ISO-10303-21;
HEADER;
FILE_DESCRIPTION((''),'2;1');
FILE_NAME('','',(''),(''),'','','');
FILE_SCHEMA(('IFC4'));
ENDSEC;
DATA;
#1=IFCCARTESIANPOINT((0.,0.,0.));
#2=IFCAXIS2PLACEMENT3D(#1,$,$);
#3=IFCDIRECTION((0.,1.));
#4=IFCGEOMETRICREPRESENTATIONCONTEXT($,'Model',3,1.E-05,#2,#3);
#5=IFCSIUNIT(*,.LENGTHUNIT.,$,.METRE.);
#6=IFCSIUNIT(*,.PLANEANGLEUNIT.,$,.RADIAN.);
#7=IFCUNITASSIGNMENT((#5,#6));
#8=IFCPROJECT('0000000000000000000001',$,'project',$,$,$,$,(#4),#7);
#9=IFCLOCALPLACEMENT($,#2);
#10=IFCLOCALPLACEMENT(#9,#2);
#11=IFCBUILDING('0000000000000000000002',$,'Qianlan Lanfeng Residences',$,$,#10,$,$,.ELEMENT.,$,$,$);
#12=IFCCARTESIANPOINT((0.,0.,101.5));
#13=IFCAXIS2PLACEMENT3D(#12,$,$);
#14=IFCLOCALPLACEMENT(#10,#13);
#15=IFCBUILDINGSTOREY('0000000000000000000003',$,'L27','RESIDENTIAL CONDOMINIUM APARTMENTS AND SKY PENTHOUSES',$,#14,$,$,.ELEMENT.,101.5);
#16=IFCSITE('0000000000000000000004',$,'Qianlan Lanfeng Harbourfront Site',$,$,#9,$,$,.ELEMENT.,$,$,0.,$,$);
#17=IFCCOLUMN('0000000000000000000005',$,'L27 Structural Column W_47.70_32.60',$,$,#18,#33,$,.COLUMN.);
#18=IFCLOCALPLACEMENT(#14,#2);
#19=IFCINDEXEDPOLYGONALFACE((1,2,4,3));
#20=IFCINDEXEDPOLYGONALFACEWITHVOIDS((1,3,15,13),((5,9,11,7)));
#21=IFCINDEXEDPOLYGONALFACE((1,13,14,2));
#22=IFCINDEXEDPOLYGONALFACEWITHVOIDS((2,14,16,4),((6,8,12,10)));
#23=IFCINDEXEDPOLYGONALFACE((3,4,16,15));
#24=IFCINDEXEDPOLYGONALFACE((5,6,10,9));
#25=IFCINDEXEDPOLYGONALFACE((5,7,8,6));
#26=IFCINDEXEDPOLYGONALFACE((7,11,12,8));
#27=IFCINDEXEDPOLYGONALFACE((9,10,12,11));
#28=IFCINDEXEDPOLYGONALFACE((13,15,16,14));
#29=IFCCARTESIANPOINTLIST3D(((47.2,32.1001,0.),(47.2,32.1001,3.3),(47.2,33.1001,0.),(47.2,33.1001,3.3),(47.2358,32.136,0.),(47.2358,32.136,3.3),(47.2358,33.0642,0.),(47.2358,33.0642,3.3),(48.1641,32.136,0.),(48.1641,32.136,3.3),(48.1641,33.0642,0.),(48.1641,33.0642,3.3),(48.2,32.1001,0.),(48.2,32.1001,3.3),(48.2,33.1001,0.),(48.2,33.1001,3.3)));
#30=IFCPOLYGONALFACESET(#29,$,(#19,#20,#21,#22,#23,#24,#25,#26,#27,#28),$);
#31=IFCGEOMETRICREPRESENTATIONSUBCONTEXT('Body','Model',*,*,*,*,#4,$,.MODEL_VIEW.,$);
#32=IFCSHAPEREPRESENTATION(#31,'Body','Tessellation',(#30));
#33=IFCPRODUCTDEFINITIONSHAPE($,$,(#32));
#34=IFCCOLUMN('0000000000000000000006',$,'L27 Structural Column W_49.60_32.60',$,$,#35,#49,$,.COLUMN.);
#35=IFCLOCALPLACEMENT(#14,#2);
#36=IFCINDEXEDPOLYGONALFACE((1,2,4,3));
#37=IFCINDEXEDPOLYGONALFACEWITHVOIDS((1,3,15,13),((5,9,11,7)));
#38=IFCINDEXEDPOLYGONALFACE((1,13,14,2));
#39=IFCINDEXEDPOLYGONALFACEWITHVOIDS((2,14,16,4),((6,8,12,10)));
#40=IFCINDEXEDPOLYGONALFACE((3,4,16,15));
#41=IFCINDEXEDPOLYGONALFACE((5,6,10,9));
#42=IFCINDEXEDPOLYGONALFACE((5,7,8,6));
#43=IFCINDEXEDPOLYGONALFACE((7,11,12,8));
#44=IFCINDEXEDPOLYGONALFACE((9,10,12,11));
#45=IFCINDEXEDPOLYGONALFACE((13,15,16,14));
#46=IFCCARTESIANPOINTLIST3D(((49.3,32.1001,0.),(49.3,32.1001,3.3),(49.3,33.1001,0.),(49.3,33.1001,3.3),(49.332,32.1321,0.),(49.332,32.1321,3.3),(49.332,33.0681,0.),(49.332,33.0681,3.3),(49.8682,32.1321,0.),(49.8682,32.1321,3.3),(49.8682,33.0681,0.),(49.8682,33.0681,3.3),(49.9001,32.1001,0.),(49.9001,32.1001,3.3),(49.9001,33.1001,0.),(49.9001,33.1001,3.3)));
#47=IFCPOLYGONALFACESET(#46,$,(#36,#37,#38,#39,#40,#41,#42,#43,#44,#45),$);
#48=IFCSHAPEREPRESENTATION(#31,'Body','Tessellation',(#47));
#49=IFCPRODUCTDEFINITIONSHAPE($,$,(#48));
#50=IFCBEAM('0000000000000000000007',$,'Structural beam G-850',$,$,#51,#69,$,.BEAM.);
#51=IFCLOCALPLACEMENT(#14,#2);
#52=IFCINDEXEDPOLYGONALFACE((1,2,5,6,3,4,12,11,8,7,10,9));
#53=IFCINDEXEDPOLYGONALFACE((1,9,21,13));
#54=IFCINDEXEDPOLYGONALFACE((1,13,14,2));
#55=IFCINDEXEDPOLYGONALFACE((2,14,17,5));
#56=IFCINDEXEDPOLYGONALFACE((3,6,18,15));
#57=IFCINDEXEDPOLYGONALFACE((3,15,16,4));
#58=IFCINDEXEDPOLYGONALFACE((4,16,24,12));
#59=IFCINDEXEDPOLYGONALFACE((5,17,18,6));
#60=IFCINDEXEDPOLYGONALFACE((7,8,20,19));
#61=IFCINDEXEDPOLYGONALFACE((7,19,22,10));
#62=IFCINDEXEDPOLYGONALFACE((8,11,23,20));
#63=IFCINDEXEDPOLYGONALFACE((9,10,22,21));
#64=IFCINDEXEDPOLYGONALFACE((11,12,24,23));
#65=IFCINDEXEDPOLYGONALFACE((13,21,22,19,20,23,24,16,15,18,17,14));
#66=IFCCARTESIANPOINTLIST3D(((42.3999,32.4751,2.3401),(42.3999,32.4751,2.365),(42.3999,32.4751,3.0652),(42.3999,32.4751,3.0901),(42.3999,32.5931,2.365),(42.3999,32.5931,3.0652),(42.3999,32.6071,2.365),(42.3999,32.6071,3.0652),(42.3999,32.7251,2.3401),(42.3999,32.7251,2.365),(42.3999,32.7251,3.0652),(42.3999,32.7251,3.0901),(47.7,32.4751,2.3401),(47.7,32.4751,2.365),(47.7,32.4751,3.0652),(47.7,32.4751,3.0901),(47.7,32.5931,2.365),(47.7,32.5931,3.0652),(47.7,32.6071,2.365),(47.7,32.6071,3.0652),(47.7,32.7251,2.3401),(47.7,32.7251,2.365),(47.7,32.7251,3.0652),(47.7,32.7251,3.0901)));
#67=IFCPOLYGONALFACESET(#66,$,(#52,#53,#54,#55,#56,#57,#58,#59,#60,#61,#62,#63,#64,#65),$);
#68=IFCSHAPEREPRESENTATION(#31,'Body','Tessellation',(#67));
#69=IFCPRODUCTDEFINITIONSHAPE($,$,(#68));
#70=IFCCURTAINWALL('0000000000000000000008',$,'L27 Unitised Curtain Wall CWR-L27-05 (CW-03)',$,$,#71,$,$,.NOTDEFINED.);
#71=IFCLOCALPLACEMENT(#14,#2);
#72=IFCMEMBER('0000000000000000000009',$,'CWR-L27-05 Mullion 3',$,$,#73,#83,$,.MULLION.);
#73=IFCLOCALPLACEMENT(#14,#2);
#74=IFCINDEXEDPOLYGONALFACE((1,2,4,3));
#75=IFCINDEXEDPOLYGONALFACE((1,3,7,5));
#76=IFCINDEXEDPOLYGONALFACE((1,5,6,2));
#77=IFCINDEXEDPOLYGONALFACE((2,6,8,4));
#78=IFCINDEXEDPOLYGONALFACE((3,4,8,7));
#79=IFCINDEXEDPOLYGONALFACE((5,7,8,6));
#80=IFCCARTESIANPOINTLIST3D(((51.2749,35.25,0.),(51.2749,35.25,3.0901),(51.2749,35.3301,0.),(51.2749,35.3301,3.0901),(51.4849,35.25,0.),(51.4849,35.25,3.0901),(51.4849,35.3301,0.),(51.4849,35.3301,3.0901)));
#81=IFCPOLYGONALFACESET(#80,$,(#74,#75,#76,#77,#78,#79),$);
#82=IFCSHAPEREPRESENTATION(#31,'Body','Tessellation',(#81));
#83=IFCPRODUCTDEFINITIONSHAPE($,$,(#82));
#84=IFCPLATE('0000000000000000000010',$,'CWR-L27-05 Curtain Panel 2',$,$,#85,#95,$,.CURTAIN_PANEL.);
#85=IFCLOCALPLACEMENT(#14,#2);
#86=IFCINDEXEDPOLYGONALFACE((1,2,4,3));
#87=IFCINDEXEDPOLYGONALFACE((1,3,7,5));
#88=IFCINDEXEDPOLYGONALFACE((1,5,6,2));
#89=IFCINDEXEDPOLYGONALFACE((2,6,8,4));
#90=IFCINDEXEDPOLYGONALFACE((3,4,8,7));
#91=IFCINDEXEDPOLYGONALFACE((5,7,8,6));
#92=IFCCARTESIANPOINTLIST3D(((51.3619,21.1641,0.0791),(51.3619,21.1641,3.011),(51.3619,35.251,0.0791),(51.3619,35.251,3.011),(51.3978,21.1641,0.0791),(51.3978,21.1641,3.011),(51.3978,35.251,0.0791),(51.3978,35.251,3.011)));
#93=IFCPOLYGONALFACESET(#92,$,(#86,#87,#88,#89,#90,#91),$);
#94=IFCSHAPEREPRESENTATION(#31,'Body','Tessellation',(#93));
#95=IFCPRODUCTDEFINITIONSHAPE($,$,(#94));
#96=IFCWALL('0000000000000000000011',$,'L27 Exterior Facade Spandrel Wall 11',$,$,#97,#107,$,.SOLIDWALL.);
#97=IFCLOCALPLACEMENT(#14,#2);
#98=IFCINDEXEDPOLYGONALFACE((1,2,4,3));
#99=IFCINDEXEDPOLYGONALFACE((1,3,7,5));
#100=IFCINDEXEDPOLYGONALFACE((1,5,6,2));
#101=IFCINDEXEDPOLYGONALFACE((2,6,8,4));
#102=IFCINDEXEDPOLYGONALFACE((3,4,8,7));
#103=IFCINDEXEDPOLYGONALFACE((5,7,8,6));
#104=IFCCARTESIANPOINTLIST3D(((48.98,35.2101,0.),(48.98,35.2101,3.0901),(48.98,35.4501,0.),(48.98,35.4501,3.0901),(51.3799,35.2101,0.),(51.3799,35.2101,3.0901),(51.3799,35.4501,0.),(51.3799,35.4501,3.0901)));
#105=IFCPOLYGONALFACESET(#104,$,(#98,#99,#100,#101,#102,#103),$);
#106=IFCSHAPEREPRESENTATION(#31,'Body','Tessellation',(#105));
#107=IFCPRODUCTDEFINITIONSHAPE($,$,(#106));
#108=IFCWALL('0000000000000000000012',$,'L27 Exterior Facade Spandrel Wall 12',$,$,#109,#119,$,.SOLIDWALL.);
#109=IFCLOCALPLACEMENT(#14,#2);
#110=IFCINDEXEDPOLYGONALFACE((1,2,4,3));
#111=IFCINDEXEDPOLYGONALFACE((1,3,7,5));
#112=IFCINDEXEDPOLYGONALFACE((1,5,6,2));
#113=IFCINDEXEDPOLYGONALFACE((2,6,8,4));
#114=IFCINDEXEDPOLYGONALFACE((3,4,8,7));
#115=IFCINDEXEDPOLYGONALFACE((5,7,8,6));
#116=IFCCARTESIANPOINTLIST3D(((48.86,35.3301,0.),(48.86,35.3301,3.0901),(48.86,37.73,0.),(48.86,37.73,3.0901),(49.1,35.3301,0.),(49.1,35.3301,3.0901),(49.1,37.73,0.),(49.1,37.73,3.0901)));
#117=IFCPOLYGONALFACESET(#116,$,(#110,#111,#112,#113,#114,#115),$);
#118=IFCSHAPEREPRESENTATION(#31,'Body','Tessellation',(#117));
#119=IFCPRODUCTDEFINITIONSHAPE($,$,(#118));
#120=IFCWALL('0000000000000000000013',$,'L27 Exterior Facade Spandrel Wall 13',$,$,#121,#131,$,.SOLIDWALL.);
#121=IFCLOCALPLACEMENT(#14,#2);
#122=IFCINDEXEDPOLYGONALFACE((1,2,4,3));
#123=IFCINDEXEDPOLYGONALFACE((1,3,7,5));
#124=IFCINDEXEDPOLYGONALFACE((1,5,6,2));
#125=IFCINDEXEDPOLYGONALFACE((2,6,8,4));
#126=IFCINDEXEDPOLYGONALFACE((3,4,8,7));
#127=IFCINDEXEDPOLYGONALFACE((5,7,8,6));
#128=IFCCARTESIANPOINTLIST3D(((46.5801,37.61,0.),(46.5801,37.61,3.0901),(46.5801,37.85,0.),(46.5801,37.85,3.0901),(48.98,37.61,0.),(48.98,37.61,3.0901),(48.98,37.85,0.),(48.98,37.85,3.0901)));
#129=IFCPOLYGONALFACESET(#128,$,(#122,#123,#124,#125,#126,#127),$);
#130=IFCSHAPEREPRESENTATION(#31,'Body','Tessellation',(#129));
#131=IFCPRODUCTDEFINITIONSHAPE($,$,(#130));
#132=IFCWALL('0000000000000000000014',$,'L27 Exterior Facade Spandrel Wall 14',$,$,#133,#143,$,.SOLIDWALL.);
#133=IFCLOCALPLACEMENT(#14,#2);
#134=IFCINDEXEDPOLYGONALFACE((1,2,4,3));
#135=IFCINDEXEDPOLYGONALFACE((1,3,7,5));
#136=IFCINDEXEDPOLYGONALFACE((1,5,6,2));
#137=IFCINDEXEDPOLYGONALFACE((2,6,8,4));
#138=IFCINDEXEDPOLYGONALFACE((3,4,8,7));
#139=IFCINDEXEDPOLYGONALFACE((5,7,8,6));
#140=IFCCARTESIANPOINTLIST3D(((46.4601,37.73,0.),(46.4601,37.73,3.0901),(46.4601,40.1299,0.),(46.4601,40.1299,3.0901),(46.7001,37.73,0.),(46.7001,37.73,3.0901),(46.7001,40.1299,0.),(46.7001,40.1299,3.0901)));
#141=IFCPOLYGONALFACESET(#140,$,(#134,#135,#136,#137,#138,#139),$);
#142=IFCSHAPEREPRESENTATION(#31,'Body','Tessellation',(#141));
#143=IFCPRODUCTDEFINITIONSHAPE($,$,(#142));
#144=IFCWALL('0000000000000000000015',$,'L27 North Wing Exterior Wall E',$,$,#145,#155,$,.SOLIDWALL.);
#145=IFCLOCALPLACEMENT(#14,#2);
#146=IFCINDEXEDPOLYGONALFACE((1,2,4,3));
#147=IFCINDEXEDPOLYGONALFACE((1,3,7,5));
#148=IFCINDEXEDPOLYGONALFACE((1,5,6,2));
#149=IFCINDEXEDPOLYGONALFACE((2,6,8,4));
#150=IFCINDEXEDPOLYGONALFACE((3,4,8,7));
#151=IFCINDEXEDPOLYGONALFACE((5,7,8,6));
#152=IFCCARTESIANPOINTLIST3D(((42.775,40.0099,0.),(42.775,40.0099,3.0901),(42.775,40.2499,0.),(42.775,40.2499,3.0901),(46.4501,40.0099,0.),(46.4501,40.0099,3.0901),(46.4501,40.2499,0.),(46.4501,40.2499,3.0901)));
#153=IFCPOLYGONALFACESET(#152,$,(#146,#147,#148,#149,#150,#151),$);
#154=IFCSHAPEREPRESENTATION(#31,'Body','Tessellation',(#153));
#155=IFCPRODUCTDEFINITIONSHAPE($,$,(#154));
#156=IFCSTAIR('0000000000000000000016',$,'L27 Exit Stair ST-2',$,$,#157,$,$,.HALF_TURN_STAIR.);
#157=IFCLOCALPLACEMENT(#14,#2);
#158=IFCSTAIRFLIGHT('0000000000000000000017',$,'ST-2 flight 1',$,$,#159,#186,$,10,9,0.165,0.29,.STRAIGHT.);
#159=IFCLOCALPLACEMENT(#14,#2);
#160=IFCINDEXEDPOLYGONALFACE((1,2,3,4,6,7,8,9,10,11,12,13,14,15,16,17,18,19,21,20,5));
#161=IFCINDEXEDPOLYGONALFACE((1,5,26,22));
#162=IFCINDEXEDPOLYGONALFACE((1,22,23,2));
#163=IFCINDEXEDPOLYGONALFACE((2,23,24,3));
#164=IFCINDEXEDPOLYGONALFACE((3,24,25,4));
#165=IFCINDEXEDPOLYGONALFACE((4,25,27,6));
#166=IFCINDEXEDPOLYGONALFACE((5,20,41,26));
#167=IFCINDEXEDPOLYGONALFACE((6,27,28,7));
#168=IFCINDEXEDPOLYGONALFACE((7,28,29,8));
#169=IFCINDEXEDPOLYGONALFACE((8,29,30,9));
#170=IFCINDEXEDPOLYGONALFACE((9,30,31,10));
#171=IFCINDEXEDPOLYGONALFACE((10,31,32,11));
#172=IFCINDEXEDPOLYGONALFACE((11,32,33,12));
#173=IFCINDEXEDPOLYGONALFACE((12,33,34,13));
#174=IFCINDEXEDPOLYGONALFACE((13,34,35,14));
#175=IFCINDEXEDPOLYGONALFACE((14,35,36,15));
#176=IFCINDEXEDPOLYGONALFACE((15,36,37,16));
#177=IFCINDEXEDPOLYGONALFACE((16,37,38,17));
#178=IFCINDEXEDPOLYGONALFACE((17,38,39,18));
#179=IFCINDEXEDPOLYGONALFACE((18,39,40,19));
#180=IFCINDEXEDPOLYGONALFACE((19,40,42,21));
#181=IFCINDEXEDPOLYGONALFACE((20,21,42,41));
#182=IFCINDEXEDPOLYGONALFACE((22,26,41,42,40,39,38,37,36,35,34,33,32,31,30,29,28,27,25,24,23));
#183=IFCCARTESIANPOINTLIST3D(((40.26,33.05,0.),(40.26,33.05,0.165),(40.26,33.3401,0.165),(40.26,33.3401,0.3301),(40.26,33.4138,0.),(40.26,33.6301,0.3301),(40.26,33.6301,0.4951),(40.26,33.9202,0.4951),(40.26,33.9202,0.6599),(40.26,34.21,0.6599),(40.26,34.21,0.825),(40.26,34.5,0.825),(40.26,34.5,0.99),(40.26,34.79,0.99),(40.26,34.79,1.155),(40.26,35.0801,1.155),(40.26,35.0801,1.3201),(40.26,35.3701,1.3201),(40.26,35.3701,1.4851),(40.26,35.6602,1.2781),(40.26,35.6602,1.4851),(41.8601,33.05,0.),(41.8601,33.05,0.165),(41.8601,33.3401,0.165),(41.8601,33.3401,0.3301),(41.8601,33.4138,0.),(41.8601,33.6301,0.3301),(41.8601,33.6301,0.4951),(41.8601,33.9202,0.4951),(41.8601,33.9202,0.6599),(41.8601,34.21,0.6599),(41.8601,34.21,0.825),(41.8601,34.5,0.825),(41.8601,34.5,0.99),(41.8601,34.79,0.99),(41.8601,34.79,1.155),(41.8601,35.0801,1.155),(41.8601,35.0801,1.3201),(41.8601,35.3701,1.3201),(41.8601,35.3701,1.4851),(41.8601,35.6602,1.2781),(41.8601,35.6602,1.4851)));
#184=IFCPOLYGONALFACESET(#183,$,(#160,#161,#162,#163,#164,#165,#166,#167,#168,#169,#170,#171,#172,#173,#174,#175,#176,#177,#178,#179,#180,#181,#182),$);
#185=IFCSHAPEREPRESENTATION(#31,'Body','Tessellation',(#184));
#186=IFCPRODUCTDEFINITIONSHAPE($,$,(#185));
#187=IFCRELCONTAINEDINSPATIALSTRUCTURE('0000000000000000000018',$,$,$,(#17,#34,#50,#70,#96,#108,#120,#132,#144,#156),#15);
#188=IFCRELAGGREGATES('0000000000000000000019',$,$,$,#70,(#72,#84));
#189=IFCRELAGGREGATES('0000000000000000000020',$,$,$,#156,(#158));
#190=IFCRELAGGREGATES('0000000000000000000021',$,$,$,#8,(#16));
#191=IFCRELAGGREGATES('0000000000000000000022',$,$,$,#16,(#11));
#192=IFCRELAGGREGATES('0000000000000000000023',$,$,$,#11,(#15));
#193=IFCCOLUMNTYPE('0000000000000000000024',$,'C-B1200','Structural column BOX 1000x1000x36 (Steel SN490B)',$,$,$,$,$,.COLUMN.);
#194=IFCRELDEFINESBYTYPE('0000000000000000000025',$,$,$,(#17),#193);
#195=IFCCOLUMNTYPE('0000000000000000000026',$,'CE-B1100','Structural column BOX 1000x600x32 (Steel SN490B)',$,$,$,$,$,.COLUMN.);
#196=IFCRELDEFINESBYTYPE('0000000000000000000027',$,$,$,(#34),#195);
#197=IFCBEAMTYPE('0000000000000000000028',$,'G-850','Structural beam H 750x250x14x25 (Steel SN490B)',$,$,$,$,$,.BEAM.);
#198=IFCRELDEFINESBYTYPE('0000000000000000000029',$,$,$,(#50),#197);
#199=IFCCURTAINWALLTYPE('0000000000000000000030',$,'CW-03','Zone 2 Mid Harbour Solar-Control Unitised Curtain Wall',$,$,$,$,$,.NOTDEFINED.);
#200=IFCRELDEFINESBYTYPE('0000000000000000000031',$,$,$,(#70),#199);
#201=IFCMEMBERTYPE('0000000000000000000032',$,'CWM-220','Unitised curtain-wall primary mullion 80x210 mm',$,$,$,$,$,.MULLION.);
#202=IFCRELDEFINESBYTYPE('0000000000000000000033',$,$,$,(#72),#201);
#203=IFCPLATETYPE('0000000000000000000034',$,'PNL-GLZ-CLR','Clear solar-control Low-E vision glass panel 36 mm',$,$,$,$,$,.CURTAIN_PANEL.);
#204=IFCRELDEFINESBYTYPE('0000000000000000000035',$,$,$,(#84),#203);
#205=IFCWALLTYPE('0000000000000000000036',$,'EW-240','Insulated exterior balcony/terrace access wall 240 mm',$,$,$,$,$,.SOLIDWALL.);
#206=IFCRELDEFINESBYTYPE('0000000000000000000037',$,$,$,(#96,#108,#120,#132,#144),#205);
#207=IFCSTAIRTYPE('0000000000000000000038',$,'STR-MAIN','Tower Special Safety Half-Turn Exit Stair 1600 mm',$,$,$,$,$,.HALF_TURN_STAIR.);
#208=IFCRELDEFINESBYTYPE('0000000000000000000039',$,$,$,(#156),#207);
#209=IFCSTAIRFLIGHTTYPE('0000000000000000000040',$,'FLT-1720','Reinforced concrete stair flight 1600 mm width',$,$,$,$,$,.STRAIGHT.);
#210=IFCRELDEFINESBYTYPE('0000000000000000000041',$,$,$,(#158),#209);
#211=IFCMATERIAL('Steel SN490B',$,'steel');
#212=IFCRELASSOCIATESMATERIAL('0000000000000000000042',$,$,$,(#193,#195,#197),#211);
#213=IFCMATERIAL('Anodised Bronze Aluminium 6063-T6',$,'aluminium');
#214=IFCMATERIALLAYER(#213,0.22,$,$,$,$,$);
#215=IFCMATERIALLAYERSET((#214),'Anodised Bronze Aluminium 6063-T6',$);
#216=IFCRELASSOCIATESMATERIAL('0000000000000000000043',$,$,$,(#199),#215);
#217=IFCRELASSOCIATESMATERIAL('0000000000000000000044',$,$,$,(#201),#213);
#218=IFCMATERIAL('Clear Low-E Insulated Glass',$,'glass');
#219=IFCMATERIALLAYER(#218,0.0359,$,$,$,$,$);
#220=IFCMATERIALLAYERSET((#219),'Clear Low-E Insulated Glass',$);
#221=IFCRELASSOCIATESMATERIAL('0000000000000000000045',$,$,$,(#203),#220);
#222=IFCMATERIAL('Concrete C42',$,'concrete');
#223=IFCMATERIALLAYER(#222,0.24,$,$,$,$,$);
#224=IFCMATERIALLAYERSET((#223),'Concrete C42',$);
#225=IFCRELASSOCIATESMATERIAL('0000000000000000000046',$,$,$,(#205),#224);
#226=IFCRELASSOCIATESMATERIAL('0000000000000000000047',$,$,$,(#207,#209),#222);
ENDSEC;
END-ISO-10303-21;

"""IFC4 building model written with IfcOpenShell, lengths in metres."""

from ifc_helpers import new_model, si_unit, direction, frame, frame_2d, origin, origin_2d, place, context, subcontext, project, spatial, polyline, rectangle, hollow_rectangle, i_section, outline, extrude, source, transform, mapped, material, layer, layer_set, material_profile, profile_set, type_object, element, aggregate, save


model = new_model("IFC4")

# Units and contexts
model_context = context("Model", 3, precision=1e-05, world=origin(), true_north=direction((0.0, 1.0)))
body_context = subcontext(model_context, "Body", "Model", "MODEL_VIEW")
ifc_project = project(units=[si_unit("LENGTHUNIT", "METRE"), si_unit("PLANEANGLEUNIT", "RADIAN")], contexts=[model_context])

# Site, building, storey
site_placement = place(None, origin())
site = spatial("IfcSite", under=ifc_project, at=site_placement, Name="Qianlan Lanfeng Harbourfront Site", CompositionType="ELEMENT", RefElevation=0.0)
building_placement = place(site_placement, origin())
building = spatial("IfcBuilding", under=site, at=building_placement, Name="Qianlan Lanfeng Residences", CompositionType="ELEMENT")
storey_placement = place(building_placement, frame((0.0, 0.0, 101.5)))
storey = spatial("IfcBuildingStorey", under=building, at=storey_placement, Name="L27", Description="RESIDENTIAL CONDOMINIUM APARTMENTS AND SKY PENTHOUSES", CompositionType="ELEMENT", Elevation=101.5)

# Columns
ifc_material_1 = material(Name="Steel SN490B", Category="steel")
ifc_material_profile_1 = material_profile(ifc_material_1, hollow_rectangle(XDim=1.0, YDim=1.0, WallThickness=0.0359, at=origin_2d()), Name="BOX 1000x1000x36")
ifc_profile_set_1 = profile_set([ifc_material_profile_1], Name="Steel SN490B")
column_type_1 = type_object("IfcColumnType", Name="C-B1200", Description="Structural column BOX 1000x1000x36 (Steel SN490B)", PredefinedType="COLUMN", material=ifc_profile_set_1)
column_1_placement = place(storey_placement, frame((47.7, 32.6001, 0.0), z_axis=(0.0, 0.0, 1.0), x_axis=(1.0, 0.0, 0.0)))
element("IfcColumn", 1, at=column_1_placement, inside=storey, type_object=column_type_1, Name="L27 Structural Column W_47.70_32.60", PredefinedType="COLUMN", context=body_context, shape_type="SweptSolid", body=[
    extrude(hollow_rectangle(XDim=1.0, YDim=1.0, WallThickness=0.0359, at=origin_2d()), origin(), (0.0, 0.0, 1.0), 3.3),
])
ifc_material_profile_2 = material_profile(ifc_material_1, hollow_rectangle(XDim=0.6001, YDim=1.0, WallThickness=0.032, at=origin_2d()), Name="BOX 1000x600x32")
ifc_profile_set_2 = profile_set([ifc_material_profile_2], Name="Steel SN490B")
column_type_2 = type_object("IfcColumnType", Name="CE-B1100", Description="Structural column BOX 1000x600x32 (Steel SN490B)", PredefinedType="COLUMN", material=ifc_profile_set_2)
column_2_placement = place(storey_placement, frame((49.6001, 32.6001, 0.0), z_axis=(0.0, 0.0, 1.0), x_axis=(1.0, 0.0, 0.0)))
element("IfcColumn", 2, at=column_2_placement, inside=storey, type_object=column_type_2, Name="L27 Structural Column W_49.60_32.60", PredefinedType="COLUMN", context=body_context, shape_type="SweptSolid", body=[
    extrude(hollow_rectangle(XDim=0.6001, YDim=1.0, WallThickness=0.032, at=origin_2d()), origin(), (0.0, 0.0, 1.0), 3.3),
])

# Beam
ifc_material_profile_3 = material_profile(ifc_material_1, i_section(OverallWidth=0.25, OverallDepth=0.75, WebThickness=0.0139, FlangeThickness=0.0249, at=origin_2d()), Name="H 750x250x14x25")
ifc_profile_set_3 = profile_set([ifc_material_profile_3], Name="Steel SN490B")
beam_type = type_object("IfcBeamType", Name="G-850", Description="Structural beam H 750x250x14x25 (Steel SN490B)", PredefinedType="BEAM", material=ifc_profile_set_3)
beam_placement = place(storey_placement, frame((42.3999, 32.6001, 2.7151), z_axis=(1.0, 0.0, 0.0), x_axis=(0.0, 1.0, 0.0)))
element("IfcBeam", 3, at=beam_placement, inside=storey, type_object=beam_type, Name="Structural beam G-850", PredefinedType="BEAM", context=body_context, shape_type="SweptSolid", body=[
    extrude(i_section(OverallWidth=0.25, OverallDepth=0.75, WebThickness=0.0139, FlangeThickness=0.0249, at=origin_2d()), origin(), (0.0, 0.0, 1.0), 5.3),
])

# Curtain wall, member, plate
ifc_material_2 = material(Name="Anodised Bronze Aluminium 6063-T6", Category="aluminium")
ifc_layer_1 = layer(ifc_material_2, 0.22)
ifc_layer_set_1 = layer_set([ifc_layer_1], Name="Anodised Bronze Aluminium 6063-T6")
curtain_wall_type = type_object("IfcCurtainWallType", Name="CW-03", Description="Zone 2 Mid Harbour Solar-Control Unitised Curtain Wall", PredefinedType="NOTDEFINED", material=ifc_layer_set_1)
curtain_wall_placement = place(storey_placement, origin())
curtain_wall = element("IfcCurtainWall", 4, at=curtain_wall_placement, inside=storey, type_object=curtain_wall_type, Name="L27 Unitised Curtain Wall CWR-L27-05 (CW-03)", PredefinedType="NOTDEFINED")
ifc_material_profile_4 = material_profile(ifc_material_2, rectangle(XDim=0.0801, YDim=0.21, at=origin_2d()), Name="ALU MULLION 80x210")
ifc_profile_set_4 = profile_set([ifc_material_profile_4], Name="Anodised Bronze Aluminium 6063-T6")
member_type = type_object("IfcMemberType", Name="CWM-220", Description="Unitised curtain-wall primary mullion 80x210 mm", PredefinedType="MULLION", material=ifc_profile_set_4)
shared_shape_1 = source(origin(), body_context, "Body", "SweptSolid", [
    extrude(rectangle(XDim=0.0801, YDim=0.21, at=origin_2d()), origin(), (0.0, 0.0, 1.0), 3.0901),
])
member_placement = place(storey_placement, frame((51.3799, 35.29, 0.0), z_axis=(0.0, 0.0, 1.0), x_axis=(0.0, 1.0, 0.0)))
member = element("IfcMember", 5, at=member_placement, type_object=member_type, Name="CWR-L27-05 Mullion 3", PredefinedType="MULLION", context=body_context, shape_type="MappedRepresentation", body=[
    mapped(shared_shape_1, transform((0.0, 0.0, 0.0), scale=1.0)),
])
ifc_material_3 = material(Name="Clear Low-E Insulated Glass", Category="glass")
ifc_layer_2 = layer(ifc_material_3, 0.0359)
ifc_layer_set_2 = layer_set([ifc_layer_2], Name="Clear Low-E Insulated Glass")
plate_type = type_object("IfcPlateType", Name="PNL-GLZ-CLR", Description="Clear solar-control Low-E vision glass panel 36 mm", PredefinedType="CURTAIN_PANEL", material=ifc_layer_set_2)
shared_shape_2 = source(origin(), body_context, "Body", "SweptSolid", [
    extrude(rectangle(XDim=14.0869, YDim=0.0359, at=origin_2d()), origin(), (0.0, 0.0, 1.0), 2.9319),
])
plate_placement = place(storey_placement, frame((51.3799, 28.2075, 0.0791), z_axis=(0.0, 0.0, 1.0), x_axis=(0.0, 1.0, 0.0)))
plate = element("IfcPlate", 6, at=plate_placement, type_object=plate_type, Name="CWR-L27-05 Curtain Panel 2", PredefinedType="CURTAIN_PANEL", context=body_context, shape_type="MappedRepresentation", body=[
    mapped(shared_shape_2, transform((0.0, 0.0, 0.0), scale=1.0)),
])
aggregate(curtain_wall, [member, plate])

# Walls
ifc_material_4 = material(Name="Concrete C42", Category="concrete")
ifc_layer_3 = layer(ifc_material_4, 0.24)
ifc_layer_set_3 = layer_set([ifc_layer_3], Name="Concrete C42")
wall_type = type_object("IfcWallType", Name="EW-240", Description="Insulated exterior balcony/terrace access wall 240 mm", PredefinedType="SOLIDWALL", material=ifc_layer_set_3)
for number, where, z_axis, x_axis, name in (
    (7, (51.3799, 35.3301, 0.0), (0.0, 0.0, 1.0), (-1.0, 0.0, 0.0), "L27 Exterior Facade Spandrel Wall 11"),
    (8, (48.98, 35.3301, 0.0), (0.0, 0.0, 1.0), (0.0, 1.0, 0.0), "L27 Exterior Facade Spandrel Wall 12"),
    (9, (48.98, 37.73, 0.0), (0.0, 0.0, 1.0), (-1.0, 0.0, 0.0), "L27 Exterior Facade Spandrel Wall 13"),
    (10, (46.5801, 37.73, 0.0), (0.0, 0.0, 1.0), (0.0, 1.0, 0.0), "L27 Exterior Facade Spandrel Wall 14"),
):
    element("IfcWall", number, at=place(storey_placement, frame(where, z_axis=z_axis, x_axis=x_axis)), inside=storey, type_object=wall_type, Name=name, PredefinedType="SOLIDWALL", context=body_context, shape_type="SweptSolid", body=[
        extrude(rectangle(XDim=2.3999, YDim=0.24, at=frame_2d((1.2, 0.0))), origin(), (0.0, 0.0, 1.0), 3.0901),
    ])
wall_placement = place(storey_placement, frame((46.45, 40.1299, 0.0), z_axis=(0.0, 0.0, 1.0), x_axis=(-1.0, 0.0, 0.0)))
element("IfcWall", 11, at=wall_placement, inside=storey, type_object=wall_type, Name="L27 North Wing Exterior Wall E", PredefinedType="SOLIDWALL", context=body_context, shape_type="SweptSolid", body=[
    extrude(rectangle(XDim=3.675, YDim=0.24, at=frame_2d((1.8374, 0.0))), origin(), (0.0, 0.0, 1.0), 3.0901),
])

# Stair, stair flight
stair_type = type_object("IfcStairType", Name="STR-MAIN", Description="Tower Special Safety Half-Turn Exit Stair 1600 mm", PredefinedType="HALF_TURN_STAIR", material=ifc_material_4)
stair_placement = place(storey_placement, origin())
stair = element("IfcStair", 12, at=stair_placement, inside=storey, type_object=stair_type, Name="L27 Exit Stair ST-2", PredefinedType="HALF_TURN_STAIR")
stair_flight_type = type_object("IfcStairFlightType", Name="FLT-1720", Description="Reinforced concrete stair flight 1600 mm width", PredefinedType="STRAIGHT", material=ifc_material_4)
stair_flight_1_placement = place(storey_placement, frame((41.0601, 33.05, 0.0), z_axis=(0.0, 0.0, 1.0), x_axis=(0.0, 1.0, 0.0)))
stair_flight_1 = element("IfcStairFlight", 13, at=stair_flight_1_placement, type_object=stair_flight_type, Name="ST-2 flight 1", NumberOfRisers=10, NumberOfTreads=9, PredefinedType="STRAIGHT", RiserHeight=0.165, TreadLength=0.29, context=body_context, shape_type="SweptSolid", body=[
    extrude(outline(polyline([(0.0, 0.0), (0.0, 0.165), (0.29, 0.165), (0.29, 0.3301), (0.5801, 0.3301), (0.5801, 0.4951), (0.8701, 0.4951), (0.8701, 0.6599), (1.1599, 0.6599), (1.1599, 0.825), (1.45, 0.825), (1.45, 0.99), (1.74, 0.99), (1.74, 1.155), (2.03, 1.155), (2.03, 1.3201), (2.3201, 1.3201), (2.3201, 1.4851), (2.6101, 1.4851), (2.6101, 1.6499), (2.6101, 1.2781), (0.3638, 0.0), (0.0, 0.0)])), frame((0.0, 0.8, 0.0), z_axis=(0.0, -1.0, 0.0), x_axis=(1.0, 0.0, 0.0)), (0.0, 0.0, 1.0), 1.6001),
])
aggregate(stair, [stair_flight_1])

save(model, "model.ifc")
